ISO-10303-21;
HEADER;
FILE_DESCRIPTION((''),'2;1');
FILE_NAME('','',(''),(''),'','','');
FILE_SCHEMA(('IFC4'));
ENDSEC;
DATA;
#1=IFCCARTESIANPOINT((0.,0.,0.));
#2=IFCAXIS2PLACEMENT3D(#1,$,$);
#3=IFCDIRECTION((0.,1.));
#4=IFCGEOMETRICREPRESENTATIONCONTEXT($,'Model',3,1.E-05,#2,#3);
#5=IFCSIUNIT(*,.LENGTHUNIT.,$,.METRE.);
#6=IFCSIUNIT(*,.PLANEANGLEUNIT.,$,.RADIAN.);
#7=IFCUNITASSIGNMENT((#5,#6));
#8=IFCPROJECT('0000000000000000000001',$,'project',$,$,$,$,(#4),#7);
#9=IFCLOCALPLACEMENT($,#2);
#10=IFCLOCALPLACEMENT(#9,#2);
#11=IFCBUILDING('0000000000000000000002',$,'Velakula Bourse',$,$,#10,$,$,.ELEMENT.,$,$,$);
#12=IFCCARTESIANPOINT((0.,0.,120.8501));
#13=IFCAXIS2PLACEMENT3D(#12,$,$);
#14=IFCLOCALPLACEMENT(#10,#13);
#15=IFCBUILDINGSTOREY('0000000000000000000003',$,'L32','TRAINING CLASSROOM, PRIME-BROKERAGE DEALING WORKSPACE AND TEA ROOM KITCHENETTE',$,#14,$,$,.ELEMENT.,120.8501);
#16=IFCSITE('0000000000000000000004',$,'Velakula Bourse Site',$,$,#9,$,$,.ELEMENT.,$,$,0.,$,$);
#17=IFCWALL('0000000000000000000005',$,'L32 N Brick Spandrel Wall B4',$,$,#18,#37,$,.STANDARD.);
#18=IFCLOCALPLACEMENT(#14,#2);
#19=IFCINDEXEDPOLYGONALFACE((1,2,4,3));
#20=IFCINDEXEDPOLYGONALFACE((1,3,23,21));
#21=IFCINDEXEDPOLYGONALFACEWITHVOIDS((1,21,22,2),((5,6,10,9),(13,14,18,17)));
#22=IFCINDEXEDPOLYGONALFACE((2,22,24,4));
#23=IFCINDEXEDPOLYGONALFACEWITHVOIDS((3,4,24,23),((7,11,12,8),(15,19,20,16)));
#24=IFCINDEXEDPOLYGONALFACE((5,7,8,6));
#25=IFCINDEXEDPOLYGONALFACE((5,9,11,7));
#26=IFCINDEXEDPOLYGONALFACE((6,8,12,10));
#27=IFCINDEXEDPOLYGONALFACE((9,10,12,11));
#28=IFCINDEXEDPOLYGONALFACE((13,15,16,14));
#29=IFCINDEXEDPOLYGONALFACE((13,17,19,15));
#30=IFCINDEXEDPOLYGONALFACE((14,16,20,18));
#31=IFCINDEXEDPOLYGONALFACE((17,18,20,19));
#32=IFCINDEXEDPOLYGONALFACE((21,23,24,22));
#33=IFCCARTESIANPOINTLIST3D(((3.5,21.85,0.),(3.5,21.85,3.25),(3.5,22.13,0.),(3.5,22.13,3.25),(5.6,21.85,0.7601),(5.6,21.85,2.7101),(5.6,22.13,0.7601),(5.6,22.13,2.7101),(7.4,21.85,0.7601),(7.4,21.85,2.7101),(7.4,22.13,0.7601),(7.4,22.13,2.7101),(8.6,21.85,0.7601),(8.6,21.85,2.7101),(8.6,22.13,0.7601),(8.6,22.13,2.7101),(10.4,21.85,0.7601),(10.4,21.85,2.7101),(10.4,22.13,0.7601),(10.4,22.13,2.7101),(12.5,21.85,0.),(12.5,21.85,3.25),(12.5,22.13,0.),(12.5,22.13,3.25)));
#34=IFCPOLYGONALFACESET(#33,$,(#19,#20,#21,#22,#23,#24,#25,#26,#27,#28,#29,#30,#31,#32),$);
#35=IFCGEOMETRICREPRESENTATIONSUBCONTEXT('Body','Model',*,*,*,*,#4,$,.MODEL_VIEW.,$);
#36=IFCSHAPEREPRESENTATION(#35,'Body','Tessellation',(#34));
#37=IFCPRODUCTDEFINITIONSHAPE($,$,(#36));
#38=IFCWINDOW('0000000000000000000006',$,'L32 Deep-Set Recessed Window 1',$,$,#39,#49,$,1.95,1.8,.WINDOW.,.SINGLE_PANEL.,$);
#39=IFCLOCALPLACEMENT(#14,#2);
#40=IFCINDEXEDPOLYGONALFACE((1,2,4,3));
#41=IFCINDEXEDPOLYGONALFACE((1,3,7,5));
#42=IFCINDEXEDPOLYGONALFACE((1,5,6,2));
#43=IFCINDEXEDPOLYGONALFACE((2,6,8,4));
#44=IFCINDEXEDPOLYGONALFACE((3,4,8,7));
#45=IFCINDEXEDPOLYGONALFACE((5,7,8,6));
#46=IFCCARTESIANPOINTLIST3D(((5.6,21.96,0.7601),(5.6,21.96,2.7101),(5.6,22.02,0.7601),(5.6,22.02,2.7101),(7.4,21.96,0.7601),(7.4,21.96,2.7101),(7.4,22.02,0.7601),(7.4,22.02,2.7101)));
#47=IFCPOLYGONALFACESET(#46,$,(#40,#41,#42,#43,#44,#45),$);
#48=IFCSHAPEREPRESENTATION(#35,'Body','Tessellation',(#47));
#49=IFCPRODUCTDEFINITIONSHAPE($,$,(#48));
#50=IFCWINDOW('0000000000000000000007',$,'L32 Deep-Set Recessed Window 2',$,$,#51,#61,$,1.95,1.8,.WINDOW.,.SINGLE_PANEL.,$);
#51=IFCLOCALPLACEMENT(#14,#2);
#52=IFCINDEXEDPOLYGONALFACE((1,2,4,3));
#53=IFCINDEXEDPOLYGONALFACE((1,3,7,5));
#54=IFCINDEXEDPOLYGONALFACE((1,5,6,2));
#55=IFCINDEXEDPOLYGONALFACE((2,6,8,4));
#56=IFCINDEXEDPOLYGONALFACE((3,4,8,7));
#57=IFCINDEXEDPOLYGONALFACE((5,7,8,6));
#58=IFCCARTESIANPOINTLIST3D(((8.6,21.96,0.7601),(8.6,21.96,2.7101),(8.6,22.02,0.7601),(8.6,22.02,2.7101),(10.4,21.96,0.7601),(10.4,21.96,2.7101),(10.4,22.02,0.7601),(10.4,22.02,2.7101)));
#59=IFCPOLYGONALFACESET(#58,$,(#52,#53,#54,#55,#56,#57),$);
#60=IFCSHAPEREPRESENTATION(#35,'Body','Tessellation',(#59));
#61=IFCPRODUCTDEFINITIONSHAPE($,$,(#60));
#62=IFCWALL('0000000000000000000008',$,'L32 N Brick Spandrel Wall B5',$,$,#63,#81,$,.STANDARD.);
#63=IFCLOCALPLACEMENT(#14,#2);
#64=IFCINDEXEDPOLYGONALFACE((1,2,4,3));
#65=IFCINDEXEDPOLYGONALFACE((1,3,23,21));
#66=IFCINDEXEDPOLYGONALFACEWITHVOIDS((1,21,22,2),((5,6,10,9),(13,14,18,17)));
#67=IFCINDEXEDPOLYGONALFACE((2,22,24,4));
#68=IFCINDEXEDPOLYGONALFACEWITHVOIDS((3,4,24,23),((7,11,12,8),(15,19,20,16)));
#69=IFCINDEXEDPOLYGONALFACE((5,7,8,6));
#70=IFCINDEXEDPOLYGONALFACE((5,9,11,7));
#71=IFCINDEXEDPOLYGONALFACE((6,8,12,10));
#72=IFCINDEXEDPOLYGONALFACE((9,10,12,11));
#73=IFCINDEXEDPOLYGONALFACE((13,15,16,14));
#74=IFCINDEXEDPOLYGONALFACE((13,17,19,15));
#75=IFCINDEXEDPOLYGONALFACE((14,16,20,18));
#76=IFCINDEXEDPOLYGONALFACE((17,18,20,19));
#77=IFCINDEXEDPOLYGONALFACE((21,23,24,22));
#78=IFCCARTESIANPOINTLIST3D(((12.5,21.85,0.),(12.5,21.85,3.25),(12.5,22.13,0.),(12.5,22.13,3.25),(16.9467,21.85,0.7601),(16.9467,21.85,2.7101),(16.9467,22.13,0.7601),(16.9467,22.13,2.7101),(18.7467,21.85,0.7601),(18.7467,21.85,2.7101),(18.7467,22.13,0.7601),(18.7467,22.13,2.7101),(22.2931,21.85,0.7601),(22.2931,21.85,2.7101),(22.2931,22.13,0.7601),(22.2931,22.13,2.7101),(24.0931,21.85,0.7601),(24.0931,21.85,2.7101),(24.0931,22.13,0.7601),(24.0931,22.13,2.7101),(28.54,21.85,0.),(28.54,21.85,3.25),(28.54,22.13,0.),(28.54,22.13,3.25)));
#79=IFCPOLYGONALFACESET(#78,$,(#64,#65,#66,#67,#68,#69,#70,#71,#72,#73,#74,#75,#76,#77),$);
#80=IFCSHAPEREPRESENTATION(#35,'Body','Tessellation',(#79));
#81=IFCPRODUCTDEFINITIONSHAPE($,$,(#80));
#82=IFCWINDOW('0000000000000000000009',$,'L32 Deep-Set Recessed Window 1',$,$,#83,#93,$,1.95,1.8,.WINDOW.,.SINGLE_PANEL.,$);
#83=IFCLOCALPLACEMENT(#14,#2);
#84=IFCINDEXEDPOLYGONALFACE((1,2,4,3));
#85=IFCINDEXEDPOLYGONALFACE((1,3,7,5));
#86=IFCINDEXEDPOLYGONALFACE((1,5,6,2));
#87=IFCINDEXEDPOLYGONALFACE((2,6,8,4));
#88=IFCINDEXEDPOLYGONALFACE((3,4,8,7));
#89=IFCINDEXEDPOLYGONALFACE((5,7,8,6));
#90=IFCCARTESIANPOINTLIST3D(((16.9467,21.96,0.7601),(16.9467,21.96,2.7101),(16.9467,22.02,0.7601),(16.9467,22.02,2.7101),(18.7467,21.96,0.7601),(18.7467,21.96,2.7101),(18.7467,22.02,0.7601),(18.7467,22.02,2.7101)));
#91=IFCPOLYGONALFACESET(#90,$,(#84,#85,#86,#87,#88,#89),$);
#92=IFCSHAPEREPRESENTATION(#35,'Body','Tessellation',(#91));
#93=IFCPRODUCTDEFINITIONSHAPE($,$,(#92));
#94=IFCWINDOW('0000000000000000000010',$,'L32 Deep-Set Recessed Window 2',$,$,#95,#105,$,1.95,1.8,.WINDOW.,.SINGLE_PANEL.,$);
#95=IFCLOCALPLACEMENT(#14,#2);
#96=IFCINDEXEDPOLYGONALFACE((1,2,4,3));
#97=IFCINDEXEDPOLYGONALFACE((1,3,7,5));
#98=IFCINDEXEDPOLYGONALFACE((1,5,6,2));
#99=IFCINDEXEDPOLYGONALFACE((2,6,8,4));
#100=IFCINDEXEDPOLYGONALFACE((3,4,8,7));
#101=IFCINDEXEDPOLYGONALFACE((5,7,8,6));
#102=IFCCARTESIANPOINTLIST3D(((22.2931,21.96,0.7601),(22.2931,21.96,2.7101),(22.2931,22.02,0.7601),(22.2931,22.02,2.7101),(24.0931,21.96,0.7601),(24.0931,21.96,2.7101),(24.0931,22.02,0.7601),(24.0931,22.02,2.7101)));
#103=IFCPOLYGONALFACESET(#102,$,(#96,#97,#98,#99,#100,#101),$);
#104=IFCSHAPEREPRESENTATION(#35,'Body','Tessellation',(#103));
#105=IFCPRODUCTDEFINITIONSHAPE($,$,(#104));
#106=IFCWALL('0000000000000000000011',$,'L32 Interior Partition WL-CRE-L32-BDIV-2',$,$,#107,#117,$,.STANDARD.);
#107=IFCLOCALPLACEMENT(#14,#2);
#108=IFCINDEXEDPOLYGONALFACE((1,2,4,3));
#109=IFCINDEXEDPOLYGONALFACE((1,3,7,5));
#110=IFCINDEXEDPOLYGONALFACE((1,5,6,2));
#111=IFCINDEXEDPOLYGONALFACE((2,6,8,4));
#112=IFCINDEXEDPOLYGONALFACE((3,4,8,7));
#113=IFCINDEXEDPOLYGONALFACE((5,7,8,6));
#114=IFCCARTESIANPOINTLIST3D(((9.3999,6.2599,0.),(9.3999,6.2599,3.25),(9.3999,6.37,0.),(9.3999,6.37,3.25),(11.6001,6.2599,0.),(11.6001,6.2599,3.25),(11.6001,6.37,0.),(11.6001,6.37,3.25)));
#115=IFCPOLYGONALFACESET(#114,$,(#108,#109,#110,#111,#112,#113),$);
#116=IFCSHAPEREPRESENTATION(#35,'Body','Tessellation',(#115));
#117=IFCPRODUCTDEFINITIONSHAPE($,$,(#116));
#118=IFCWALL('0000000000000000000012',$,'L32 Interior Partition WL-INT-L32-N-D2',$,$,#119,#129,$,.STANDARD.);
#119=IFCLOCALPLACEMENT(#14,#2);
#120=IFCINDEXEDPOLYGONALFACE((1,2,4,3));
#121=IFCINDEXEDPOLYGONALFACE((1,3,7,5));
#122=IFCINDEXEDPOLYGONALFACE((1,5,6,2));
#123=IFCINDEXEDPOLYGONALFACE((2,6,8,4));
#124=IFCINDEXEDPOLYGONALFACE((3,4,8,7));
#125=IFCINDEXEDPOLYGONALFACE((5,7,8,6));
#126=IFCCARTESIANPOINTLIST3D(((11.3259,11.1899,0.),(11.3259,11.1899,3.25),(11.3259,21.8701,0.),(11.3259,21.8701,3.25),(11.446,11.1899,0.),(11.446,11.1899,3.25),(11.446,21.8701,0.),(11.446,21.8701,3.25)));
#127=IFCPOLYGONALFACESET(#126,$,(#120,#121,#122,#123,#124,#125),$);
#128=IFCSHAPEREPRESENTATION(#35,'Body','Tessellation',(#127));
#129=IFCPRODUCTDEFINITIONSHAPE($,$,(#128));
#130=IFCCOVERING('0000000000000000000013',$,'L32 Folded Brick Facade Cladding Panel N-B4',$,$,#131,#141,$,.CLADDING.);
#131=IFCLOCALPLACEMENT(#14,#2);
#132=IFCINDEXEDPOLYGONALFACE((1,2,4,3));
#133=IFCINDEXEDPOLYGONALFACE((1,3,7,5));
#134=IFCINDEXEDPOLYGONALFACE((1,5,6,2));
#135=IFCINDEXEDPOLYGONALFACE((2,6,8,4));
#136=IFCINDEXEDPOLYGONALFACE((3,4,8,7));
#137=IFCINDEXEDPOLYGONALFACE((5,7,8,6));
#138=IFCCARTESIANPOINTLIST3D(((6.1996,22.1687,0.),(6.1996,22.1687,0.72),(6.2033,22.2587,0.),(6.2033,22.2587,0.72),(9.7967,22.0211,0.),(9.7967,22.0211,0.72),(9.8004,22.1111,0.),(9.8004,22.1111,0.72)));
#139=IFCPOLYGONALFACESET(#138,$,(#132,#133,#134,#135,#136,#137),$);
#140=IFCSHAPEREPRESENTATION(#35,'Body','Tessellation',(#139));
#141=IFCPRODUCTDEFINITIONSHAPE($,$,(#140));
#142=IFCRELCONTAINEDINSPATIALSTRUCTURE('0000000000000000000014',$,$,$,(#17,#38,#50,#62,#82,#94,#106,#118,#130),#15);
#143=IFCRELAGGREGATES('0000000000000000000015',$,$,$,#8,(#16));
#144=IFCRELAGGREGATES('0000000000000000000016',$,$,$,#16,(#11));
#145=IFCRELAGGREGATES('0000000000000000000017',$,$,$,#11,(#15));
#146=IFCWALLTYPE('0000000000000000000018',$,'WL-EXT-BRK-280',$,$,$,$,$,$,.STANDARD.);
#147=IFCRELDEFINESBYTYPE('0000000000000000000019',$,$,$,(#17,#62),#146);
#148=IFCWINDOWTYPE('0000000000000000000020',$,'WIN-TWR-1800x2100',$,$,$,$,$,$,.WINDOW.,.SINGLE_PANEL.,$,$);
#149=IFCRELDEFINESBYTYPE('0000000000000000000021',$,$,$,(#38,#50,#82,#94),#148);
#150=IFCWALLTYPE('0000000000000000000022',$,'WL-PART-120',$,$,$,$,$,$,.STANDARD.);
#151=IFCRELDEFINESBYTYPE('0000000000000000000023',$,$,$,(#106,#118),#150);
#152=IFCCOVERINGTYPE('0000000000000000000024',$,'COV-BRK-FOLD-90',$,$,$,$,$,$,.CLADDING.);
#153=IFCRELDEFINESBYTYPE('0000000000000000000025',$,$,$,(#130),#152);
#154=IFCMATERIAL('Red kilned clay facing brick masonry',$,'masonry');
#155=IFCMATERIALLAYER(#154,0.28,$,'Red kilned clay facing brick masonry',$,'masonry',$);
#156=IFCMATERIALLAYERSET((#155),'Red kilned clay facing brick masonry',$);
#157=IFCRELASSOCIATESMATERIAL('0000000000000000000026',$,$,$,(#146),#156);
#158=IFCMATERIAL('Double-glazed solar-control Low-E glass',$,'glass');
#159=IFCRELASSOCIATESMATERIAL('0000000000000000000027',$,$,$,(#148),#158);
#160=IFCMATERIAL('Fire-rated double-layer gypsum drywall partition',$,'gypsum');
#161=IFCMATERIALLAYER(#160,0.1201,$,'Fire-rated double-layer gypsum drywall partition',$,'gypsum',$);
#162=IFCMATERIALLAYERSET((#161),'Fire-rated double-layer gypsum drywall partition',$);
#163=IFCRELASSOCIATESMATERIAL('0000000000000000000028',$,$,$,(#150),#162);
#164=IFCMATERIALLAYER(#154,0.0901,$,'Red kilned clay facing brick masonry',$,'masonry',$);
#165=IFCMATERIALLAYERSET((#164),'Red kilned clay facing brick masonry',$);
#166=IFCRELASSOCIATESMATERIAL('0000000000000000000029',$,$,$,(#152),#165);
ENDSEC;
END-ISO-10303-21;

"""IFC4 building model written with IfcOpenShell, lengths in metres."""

from ifc_helpers import new_model, si_unit, direction, frame, frame_2d, origin, origin_2d, place, context, subcontext, project, spatial, rectangle, extrude, material, layer, layer_set, type_object, element, fill, save


model = new_model("IFC4")

# Units and contexts
model_context = context("Model", 3, precision=1e-05, world=origin(), true_north=direction((0.0, 1.0)))
body_context = subcontext(model_context, "Body", "Model", "MODEL_VIEW")
ifc_project = project(units=[si_unit("LENGTHUNIT", "METRE"), si_unit("PLANEANGLEUNIT", "RADIAN")], contexts=[model_context])

# Site, building, storey
site_placement = place(None, origin())
site = spatial("IfcSite", under=ifc_project, at=site_placement, Name="Velakula Bourse Site", CompositionType="ELEMENT", RefElevation=0.0)
building_placement = place(site_placement, origin())
building = spatial("IfcBuilding", under=site, at=building_placement, Name="Velakula Bourse", CompositionType="ELEMENT")
storey_placement = place(building_placement, frame((0.0, 0.0, 120.8501)))
storey = spatial("IfcBuildingStorey", under=building, at=storey_placement, Name="L32", Description="TRAINING CLASSROOM, PRIME-BROKERAGE DEALING WORKSPACE AND TEA ROOM KITCHENETTE", CompositionType="ELEMENT", Elevation=120.8501)

# Walls, openings, windows
ifc_material_1 = material(Name="Red kilned clay facing brick masonry", Category="masonry")
ifc_layer_1 = layer(ifc_material_1, 0.28, Name="Red kilned clay facing brick masonry", Category="masonry")
ifc_layer_set_1 = layer_set([ifc_layer_1], Name="Red kilned clay facing brick masonry")
wall_type_1 = type_object("IfcWallType", Name="WL-EXT-BRK-280", PredefinedType="STANDARD", material=ifc_layer_set_1)
wall_1_placement = place(storey_placement, frame((3.5, 21.99, 0.0), z_axis=(0.0, 0.0, 1.0), x_axis=(1.0, 0.0, 0.0)))
wall_1 = element("IfcWall", 1, at=wall_1_placement, inside=storey, type_object=wall_type_1, Name="L32 N Brick Spandrel Wall B4", PredefinedType="STANDARD", context=body_context, shape_type="SweptSolid", body=[
    extrude(rectangle(XDim=9.0, YDim=0.28, at=frame_2d((4.5, 0.0))), origin(), (0.0, 0.0, 1.0), 3.25),
])
opening_1_placement = place(wall_1_placement, frame((2.1001, 0.0, 0.76)))
opening_1 = element("IfcOpeningElement", 2, at=opening_1_placement, cuts=wall_1, PredefinedType="OPENING", context=body_context, shape_type="SweptSolid", body=[
    extrude(rectangle(XDim=1.8, YDim=1.95, at=frame_2d((0.8999, 0.9751))), frame((0.0, 0.1499, 0.0), z_axis=(0.0, -1.0, 0.0), x_axis=(1.0, 0.0, 0.0)), (0.0, 0.0, 1.0), 0.3),
])
opening_2_placement = place(wall_1_placement, frame((5.1001, 0.0, 0.76)))
opening_2 = element("IfcOpeningElement", 3, at=opening_2_placement, cuts=wall_1, PredefinedType="OPENING", context=body_context, shape_type="SweptSolid", body=[
    extrude(rectangle(XDim=1.8, YDim=1.95, at=frame_2d((0.8999, 0.9751))), frame((0.0, 0.1499, 0.0), z_axis=(0.0, -1.0, 0.0), x_axis=(1.0, 0.0, 0.0)), (0.0, 0.0, 1.0), 0.3),
])
ifc_material_2 = material(Name="Double-glazed solar-control Low-E glass", Category="glass")
window_type = type_object("IfcWindowType", Name="WIN-TWR-1800x2100", PartitioningType="SINGLE_PANEL", PredefinedType="WINDOW", material=ifc_material_2)
window_1_placement = place(opening_1_placement, origin())
window_1 = element("IfcWindow", 4, at=window_1_placement, inside=storey, type_object=window_type, Name="L32 Deep-Set Recessed Window 1", OverallHeight=1.95, OverallWidth=1.8, PartitioningType="SINGLE_PANEL", PredefinedType="WINDOW", context=body_context, shape_type="SweptSolid", body=[
    extrude(rectangle(XDim=1.8, YDim=1.95, at=frame_2d((0.8999, 0.9751))), frame((0.0, 0.03, 0.0), z_axis=(0.0, -1.0, 0.0), x_axis=(1.0, 0.0, 0.0)), (0.0, 0.0, 1.0), 0.0601),
])
fill(opening_1, window_1)
window_2_placement = place(opening_2_placement, origin())
window_2 = element("IfcWindow", 5, at=window_2_placement, inside=storey, type_object=window_type, Name="L32 Deep-Set Recessed Window 2", OverallHeight=1.95, OverallWidth=1.8, PartitioningType="SINGLE_PANEL", PredefinedType="WINDOW", context=body_context, shape_type="SweptSolid", body=[
    extrude(rectangle(XDim=1.8, YDim=1.95, at=frame_2d((0.8999, 0.9751))), frame((0.0, 0.03, 0.0), z_axis=(0.0, -1.0, 0.0), x_axis=(1.0, 0.0, 0.0)), (0.0, 0.0, 1.0), 0.0601),
])
fill(opening_2, window_2)
wall_2_placement = place(storey_placement, frame((12.5, 21.99, 0.0), z_axis=(0.0, 0.0, 1.0), x_axis=(1.0, 0.0, 0.0)))
wall_2 = element("IfcWall", 6, at=wall_2_placement, inside=storey, type_object=wall_type_1, Name="L32 N Brick Spandrel Wall B5", PredefinedType="STANDARD", context=body_context, shape_type="SweptSolid", body=[
    extrude(rectangle(XDim=16.04, YDim=0.28, at=frame_2d((8.02, 0.0))), origin(), (0.0, 0.0, 1.0), 3.25),
])
opening_3_placement = place(wall_2_placement, frame((4.4468, 0.0, 0.76)))
opening_3 = element("IfcOpeningElement", 7, at=opening_3_placement, cuts=wall_2, PredefinedType="OPENING", context=body_context, shape_type="SweptSolid", body=[
    extrude(rectangle(XDim=1.8, YDim=1.95, at=frame_2d((0.8999, 0.9751))), frame((0.0, 0.1499, 0.0), z_axis=(0.0, -1.0, 0.0), x_axis=(1.0, 0.0, 0.0)), (0.0, 0.0, 1.0), 0.3),
])
opening_4_placement = place(wall_2_placement, frame((9.7932, 0.0, 0.76)))
opening_4 = element("IfcOpeningElement", 8, at=opening_4_placement, cuts=wall_2, PredefinedType="OPENING", context=body_context, shape_type="SweptSolid", body=[
    extrude(rectangle(XDim=1.8, YDim=1.95, at=frame_2d((0.8999, 0.9751))), frame((0.0, 0.1499, 0.0), z_axis=(0.0, -1.0, 0.0), x_axis=(1.0, 0.0, 0.0)), (0.0, 0.0, 1.0), 0.3),
])
window_3_placement = place(opening_3_placement, origin())
window_3 = element("IfcWindow", 9, at=window_3_placement, inside=storey, type_object=window_type, Name="L32 Deep-Set Recessed Window 1", OverallHeight=1.95, OverallWidth=1.8, PartitioningType="SINGLE_PANEL", PredefinedType="WINDOW", context=body_context, shape_type="SweptSolid", body=[
    extrude(rectangle(XDim=1.8, YDim=1.95, at=frame_2d((0.8999, 0.9751))), frame((0.0, 0.03, 0.0), z_axis=(0.0, -1.0, 0.0), x_axis=(1.0, 0.0, 0.0)), (0.0, 0.0, 1.0), 0.0601),
])
fill(opening_3, window_3)
window_4_placement = place(opening_4_placement, origin())
window_4 = element("IfcWindow", 10, at=window_4_placement, inside=storey, type_object=window_type, Name="L32 Deep-Set Recessed Window 2", OverallHeight=1.95, OverallWidth=1.8, PartitioningType="SINGLE_PANEL", PredefinedType="WINDOW", context=body_context, shape_type="SweptSolid", body=[
    extrude(rectangle(XDim=1.8, YDim=1.95, at=frame_2d((0.8999, 0.9751))), frame((0.0, 0.03, 0.0), z_axis=(0.0, -1.0, 0.0), x_axis=(1.0, 0.0, 0.0)), (0.0, 0.0, 1.0), 0.0601),
])
fill(opening_4, window_4)

# Walls
ifc_material_3 = material(Name="Fire-rated double-layer gypsum drywall partition", Category="gypsum")
ifc_layer_2 = layer(ifc_material_3, 0.1201, Name="Fire-rated double-layer gypsum drywall partition", Category="gypsum")
ifc_layer_set_2 = layer_set([ifc_layer_2], Name="Fire-rated double-layer gypsum drywall partition")
wall_type_2 = type_object("IfcWallType", Name="WL-PART-120", PredefinedType="STANDARD", material=ifc_layer_set_2)
wall_3_placement = place(storey_placement, frame((9.3999, 6.3149, 0.0), z_axis=(0.0, 0.0, 1.0), x_axis=(1.0, 0.0, 0.0)))
element("IfcWall", 11, at=wall_3_placement, inside=storey, type_object=wall_type_2, Name="L32 Interior Partition WL-CRE-L32-BDIV-2", PredefinedType="STANDARD", context=body_context, shape_type="SweptSolid", body=[
    extrude(rectangle(XDim=2.2002, YDim=0.1101, at=frame_2d((1.1001, 0.0))), origin(), (0.0, 0.0, 1.0), 3.25),
])
wall_4_placement = place(storey_placement, frame((11.386, 11.1899, 0.0), z_axis=(0.0, 0.0, 1.0), x_axis=(0.0, 1.0, 0.0)))
element("IfcWall", 12, at=wall_4_placement, inside=storey, type_object=wall_type_2, Name="L32 Interior Partition WL-INT-L32-N-D2", PredefinedType="STANDARD", context=body_context, shape_type="SweptSolid", body=[
    extrude(rectangle(XDim=10.6802, YDim=0.1201, at=frame_2d((5.3401, 0.0))), origin(), (0.0, 0.0, 1.0), 3.25),
])

# Covering
ifc_layer_3 = layer(ifc_material_1, 0.0901, Name="Red kilned clay facing brick masonry", Category="masonry")
ifc_layer_set_3 = layer_set([ifc_layer_3], Name="Red kilned clay facing brick masonry")
covering_type = type_object("IfcCoveringType", Name="COV-BRK-FOLD-90", PredefinedType="CLADDING", material=ifc_layer_set_3)
covering_placement = place(storey_placement, frame((8.0, 22.1399, 0.0), z_axis=(0.0, 0.0, 1.0), x_axis=(0.999159, -0.041004, 0.0)))
element("IfcCovering", 13, at=covering_placement, inside=storey, type_object=covering_type, Name="L32 Folded Brick Facade Cladding Panel N-B4", PredefinedType="CLADDING", context=body_context, shape_type="SweptSolid", body=[
    extrude(rectangle(XDim=3.6001, YDim=0.0901, at=origin_2d()), origin(), (0.0, 0.0, 1.0), 0.72),
])

save(model, "model.ifc")
